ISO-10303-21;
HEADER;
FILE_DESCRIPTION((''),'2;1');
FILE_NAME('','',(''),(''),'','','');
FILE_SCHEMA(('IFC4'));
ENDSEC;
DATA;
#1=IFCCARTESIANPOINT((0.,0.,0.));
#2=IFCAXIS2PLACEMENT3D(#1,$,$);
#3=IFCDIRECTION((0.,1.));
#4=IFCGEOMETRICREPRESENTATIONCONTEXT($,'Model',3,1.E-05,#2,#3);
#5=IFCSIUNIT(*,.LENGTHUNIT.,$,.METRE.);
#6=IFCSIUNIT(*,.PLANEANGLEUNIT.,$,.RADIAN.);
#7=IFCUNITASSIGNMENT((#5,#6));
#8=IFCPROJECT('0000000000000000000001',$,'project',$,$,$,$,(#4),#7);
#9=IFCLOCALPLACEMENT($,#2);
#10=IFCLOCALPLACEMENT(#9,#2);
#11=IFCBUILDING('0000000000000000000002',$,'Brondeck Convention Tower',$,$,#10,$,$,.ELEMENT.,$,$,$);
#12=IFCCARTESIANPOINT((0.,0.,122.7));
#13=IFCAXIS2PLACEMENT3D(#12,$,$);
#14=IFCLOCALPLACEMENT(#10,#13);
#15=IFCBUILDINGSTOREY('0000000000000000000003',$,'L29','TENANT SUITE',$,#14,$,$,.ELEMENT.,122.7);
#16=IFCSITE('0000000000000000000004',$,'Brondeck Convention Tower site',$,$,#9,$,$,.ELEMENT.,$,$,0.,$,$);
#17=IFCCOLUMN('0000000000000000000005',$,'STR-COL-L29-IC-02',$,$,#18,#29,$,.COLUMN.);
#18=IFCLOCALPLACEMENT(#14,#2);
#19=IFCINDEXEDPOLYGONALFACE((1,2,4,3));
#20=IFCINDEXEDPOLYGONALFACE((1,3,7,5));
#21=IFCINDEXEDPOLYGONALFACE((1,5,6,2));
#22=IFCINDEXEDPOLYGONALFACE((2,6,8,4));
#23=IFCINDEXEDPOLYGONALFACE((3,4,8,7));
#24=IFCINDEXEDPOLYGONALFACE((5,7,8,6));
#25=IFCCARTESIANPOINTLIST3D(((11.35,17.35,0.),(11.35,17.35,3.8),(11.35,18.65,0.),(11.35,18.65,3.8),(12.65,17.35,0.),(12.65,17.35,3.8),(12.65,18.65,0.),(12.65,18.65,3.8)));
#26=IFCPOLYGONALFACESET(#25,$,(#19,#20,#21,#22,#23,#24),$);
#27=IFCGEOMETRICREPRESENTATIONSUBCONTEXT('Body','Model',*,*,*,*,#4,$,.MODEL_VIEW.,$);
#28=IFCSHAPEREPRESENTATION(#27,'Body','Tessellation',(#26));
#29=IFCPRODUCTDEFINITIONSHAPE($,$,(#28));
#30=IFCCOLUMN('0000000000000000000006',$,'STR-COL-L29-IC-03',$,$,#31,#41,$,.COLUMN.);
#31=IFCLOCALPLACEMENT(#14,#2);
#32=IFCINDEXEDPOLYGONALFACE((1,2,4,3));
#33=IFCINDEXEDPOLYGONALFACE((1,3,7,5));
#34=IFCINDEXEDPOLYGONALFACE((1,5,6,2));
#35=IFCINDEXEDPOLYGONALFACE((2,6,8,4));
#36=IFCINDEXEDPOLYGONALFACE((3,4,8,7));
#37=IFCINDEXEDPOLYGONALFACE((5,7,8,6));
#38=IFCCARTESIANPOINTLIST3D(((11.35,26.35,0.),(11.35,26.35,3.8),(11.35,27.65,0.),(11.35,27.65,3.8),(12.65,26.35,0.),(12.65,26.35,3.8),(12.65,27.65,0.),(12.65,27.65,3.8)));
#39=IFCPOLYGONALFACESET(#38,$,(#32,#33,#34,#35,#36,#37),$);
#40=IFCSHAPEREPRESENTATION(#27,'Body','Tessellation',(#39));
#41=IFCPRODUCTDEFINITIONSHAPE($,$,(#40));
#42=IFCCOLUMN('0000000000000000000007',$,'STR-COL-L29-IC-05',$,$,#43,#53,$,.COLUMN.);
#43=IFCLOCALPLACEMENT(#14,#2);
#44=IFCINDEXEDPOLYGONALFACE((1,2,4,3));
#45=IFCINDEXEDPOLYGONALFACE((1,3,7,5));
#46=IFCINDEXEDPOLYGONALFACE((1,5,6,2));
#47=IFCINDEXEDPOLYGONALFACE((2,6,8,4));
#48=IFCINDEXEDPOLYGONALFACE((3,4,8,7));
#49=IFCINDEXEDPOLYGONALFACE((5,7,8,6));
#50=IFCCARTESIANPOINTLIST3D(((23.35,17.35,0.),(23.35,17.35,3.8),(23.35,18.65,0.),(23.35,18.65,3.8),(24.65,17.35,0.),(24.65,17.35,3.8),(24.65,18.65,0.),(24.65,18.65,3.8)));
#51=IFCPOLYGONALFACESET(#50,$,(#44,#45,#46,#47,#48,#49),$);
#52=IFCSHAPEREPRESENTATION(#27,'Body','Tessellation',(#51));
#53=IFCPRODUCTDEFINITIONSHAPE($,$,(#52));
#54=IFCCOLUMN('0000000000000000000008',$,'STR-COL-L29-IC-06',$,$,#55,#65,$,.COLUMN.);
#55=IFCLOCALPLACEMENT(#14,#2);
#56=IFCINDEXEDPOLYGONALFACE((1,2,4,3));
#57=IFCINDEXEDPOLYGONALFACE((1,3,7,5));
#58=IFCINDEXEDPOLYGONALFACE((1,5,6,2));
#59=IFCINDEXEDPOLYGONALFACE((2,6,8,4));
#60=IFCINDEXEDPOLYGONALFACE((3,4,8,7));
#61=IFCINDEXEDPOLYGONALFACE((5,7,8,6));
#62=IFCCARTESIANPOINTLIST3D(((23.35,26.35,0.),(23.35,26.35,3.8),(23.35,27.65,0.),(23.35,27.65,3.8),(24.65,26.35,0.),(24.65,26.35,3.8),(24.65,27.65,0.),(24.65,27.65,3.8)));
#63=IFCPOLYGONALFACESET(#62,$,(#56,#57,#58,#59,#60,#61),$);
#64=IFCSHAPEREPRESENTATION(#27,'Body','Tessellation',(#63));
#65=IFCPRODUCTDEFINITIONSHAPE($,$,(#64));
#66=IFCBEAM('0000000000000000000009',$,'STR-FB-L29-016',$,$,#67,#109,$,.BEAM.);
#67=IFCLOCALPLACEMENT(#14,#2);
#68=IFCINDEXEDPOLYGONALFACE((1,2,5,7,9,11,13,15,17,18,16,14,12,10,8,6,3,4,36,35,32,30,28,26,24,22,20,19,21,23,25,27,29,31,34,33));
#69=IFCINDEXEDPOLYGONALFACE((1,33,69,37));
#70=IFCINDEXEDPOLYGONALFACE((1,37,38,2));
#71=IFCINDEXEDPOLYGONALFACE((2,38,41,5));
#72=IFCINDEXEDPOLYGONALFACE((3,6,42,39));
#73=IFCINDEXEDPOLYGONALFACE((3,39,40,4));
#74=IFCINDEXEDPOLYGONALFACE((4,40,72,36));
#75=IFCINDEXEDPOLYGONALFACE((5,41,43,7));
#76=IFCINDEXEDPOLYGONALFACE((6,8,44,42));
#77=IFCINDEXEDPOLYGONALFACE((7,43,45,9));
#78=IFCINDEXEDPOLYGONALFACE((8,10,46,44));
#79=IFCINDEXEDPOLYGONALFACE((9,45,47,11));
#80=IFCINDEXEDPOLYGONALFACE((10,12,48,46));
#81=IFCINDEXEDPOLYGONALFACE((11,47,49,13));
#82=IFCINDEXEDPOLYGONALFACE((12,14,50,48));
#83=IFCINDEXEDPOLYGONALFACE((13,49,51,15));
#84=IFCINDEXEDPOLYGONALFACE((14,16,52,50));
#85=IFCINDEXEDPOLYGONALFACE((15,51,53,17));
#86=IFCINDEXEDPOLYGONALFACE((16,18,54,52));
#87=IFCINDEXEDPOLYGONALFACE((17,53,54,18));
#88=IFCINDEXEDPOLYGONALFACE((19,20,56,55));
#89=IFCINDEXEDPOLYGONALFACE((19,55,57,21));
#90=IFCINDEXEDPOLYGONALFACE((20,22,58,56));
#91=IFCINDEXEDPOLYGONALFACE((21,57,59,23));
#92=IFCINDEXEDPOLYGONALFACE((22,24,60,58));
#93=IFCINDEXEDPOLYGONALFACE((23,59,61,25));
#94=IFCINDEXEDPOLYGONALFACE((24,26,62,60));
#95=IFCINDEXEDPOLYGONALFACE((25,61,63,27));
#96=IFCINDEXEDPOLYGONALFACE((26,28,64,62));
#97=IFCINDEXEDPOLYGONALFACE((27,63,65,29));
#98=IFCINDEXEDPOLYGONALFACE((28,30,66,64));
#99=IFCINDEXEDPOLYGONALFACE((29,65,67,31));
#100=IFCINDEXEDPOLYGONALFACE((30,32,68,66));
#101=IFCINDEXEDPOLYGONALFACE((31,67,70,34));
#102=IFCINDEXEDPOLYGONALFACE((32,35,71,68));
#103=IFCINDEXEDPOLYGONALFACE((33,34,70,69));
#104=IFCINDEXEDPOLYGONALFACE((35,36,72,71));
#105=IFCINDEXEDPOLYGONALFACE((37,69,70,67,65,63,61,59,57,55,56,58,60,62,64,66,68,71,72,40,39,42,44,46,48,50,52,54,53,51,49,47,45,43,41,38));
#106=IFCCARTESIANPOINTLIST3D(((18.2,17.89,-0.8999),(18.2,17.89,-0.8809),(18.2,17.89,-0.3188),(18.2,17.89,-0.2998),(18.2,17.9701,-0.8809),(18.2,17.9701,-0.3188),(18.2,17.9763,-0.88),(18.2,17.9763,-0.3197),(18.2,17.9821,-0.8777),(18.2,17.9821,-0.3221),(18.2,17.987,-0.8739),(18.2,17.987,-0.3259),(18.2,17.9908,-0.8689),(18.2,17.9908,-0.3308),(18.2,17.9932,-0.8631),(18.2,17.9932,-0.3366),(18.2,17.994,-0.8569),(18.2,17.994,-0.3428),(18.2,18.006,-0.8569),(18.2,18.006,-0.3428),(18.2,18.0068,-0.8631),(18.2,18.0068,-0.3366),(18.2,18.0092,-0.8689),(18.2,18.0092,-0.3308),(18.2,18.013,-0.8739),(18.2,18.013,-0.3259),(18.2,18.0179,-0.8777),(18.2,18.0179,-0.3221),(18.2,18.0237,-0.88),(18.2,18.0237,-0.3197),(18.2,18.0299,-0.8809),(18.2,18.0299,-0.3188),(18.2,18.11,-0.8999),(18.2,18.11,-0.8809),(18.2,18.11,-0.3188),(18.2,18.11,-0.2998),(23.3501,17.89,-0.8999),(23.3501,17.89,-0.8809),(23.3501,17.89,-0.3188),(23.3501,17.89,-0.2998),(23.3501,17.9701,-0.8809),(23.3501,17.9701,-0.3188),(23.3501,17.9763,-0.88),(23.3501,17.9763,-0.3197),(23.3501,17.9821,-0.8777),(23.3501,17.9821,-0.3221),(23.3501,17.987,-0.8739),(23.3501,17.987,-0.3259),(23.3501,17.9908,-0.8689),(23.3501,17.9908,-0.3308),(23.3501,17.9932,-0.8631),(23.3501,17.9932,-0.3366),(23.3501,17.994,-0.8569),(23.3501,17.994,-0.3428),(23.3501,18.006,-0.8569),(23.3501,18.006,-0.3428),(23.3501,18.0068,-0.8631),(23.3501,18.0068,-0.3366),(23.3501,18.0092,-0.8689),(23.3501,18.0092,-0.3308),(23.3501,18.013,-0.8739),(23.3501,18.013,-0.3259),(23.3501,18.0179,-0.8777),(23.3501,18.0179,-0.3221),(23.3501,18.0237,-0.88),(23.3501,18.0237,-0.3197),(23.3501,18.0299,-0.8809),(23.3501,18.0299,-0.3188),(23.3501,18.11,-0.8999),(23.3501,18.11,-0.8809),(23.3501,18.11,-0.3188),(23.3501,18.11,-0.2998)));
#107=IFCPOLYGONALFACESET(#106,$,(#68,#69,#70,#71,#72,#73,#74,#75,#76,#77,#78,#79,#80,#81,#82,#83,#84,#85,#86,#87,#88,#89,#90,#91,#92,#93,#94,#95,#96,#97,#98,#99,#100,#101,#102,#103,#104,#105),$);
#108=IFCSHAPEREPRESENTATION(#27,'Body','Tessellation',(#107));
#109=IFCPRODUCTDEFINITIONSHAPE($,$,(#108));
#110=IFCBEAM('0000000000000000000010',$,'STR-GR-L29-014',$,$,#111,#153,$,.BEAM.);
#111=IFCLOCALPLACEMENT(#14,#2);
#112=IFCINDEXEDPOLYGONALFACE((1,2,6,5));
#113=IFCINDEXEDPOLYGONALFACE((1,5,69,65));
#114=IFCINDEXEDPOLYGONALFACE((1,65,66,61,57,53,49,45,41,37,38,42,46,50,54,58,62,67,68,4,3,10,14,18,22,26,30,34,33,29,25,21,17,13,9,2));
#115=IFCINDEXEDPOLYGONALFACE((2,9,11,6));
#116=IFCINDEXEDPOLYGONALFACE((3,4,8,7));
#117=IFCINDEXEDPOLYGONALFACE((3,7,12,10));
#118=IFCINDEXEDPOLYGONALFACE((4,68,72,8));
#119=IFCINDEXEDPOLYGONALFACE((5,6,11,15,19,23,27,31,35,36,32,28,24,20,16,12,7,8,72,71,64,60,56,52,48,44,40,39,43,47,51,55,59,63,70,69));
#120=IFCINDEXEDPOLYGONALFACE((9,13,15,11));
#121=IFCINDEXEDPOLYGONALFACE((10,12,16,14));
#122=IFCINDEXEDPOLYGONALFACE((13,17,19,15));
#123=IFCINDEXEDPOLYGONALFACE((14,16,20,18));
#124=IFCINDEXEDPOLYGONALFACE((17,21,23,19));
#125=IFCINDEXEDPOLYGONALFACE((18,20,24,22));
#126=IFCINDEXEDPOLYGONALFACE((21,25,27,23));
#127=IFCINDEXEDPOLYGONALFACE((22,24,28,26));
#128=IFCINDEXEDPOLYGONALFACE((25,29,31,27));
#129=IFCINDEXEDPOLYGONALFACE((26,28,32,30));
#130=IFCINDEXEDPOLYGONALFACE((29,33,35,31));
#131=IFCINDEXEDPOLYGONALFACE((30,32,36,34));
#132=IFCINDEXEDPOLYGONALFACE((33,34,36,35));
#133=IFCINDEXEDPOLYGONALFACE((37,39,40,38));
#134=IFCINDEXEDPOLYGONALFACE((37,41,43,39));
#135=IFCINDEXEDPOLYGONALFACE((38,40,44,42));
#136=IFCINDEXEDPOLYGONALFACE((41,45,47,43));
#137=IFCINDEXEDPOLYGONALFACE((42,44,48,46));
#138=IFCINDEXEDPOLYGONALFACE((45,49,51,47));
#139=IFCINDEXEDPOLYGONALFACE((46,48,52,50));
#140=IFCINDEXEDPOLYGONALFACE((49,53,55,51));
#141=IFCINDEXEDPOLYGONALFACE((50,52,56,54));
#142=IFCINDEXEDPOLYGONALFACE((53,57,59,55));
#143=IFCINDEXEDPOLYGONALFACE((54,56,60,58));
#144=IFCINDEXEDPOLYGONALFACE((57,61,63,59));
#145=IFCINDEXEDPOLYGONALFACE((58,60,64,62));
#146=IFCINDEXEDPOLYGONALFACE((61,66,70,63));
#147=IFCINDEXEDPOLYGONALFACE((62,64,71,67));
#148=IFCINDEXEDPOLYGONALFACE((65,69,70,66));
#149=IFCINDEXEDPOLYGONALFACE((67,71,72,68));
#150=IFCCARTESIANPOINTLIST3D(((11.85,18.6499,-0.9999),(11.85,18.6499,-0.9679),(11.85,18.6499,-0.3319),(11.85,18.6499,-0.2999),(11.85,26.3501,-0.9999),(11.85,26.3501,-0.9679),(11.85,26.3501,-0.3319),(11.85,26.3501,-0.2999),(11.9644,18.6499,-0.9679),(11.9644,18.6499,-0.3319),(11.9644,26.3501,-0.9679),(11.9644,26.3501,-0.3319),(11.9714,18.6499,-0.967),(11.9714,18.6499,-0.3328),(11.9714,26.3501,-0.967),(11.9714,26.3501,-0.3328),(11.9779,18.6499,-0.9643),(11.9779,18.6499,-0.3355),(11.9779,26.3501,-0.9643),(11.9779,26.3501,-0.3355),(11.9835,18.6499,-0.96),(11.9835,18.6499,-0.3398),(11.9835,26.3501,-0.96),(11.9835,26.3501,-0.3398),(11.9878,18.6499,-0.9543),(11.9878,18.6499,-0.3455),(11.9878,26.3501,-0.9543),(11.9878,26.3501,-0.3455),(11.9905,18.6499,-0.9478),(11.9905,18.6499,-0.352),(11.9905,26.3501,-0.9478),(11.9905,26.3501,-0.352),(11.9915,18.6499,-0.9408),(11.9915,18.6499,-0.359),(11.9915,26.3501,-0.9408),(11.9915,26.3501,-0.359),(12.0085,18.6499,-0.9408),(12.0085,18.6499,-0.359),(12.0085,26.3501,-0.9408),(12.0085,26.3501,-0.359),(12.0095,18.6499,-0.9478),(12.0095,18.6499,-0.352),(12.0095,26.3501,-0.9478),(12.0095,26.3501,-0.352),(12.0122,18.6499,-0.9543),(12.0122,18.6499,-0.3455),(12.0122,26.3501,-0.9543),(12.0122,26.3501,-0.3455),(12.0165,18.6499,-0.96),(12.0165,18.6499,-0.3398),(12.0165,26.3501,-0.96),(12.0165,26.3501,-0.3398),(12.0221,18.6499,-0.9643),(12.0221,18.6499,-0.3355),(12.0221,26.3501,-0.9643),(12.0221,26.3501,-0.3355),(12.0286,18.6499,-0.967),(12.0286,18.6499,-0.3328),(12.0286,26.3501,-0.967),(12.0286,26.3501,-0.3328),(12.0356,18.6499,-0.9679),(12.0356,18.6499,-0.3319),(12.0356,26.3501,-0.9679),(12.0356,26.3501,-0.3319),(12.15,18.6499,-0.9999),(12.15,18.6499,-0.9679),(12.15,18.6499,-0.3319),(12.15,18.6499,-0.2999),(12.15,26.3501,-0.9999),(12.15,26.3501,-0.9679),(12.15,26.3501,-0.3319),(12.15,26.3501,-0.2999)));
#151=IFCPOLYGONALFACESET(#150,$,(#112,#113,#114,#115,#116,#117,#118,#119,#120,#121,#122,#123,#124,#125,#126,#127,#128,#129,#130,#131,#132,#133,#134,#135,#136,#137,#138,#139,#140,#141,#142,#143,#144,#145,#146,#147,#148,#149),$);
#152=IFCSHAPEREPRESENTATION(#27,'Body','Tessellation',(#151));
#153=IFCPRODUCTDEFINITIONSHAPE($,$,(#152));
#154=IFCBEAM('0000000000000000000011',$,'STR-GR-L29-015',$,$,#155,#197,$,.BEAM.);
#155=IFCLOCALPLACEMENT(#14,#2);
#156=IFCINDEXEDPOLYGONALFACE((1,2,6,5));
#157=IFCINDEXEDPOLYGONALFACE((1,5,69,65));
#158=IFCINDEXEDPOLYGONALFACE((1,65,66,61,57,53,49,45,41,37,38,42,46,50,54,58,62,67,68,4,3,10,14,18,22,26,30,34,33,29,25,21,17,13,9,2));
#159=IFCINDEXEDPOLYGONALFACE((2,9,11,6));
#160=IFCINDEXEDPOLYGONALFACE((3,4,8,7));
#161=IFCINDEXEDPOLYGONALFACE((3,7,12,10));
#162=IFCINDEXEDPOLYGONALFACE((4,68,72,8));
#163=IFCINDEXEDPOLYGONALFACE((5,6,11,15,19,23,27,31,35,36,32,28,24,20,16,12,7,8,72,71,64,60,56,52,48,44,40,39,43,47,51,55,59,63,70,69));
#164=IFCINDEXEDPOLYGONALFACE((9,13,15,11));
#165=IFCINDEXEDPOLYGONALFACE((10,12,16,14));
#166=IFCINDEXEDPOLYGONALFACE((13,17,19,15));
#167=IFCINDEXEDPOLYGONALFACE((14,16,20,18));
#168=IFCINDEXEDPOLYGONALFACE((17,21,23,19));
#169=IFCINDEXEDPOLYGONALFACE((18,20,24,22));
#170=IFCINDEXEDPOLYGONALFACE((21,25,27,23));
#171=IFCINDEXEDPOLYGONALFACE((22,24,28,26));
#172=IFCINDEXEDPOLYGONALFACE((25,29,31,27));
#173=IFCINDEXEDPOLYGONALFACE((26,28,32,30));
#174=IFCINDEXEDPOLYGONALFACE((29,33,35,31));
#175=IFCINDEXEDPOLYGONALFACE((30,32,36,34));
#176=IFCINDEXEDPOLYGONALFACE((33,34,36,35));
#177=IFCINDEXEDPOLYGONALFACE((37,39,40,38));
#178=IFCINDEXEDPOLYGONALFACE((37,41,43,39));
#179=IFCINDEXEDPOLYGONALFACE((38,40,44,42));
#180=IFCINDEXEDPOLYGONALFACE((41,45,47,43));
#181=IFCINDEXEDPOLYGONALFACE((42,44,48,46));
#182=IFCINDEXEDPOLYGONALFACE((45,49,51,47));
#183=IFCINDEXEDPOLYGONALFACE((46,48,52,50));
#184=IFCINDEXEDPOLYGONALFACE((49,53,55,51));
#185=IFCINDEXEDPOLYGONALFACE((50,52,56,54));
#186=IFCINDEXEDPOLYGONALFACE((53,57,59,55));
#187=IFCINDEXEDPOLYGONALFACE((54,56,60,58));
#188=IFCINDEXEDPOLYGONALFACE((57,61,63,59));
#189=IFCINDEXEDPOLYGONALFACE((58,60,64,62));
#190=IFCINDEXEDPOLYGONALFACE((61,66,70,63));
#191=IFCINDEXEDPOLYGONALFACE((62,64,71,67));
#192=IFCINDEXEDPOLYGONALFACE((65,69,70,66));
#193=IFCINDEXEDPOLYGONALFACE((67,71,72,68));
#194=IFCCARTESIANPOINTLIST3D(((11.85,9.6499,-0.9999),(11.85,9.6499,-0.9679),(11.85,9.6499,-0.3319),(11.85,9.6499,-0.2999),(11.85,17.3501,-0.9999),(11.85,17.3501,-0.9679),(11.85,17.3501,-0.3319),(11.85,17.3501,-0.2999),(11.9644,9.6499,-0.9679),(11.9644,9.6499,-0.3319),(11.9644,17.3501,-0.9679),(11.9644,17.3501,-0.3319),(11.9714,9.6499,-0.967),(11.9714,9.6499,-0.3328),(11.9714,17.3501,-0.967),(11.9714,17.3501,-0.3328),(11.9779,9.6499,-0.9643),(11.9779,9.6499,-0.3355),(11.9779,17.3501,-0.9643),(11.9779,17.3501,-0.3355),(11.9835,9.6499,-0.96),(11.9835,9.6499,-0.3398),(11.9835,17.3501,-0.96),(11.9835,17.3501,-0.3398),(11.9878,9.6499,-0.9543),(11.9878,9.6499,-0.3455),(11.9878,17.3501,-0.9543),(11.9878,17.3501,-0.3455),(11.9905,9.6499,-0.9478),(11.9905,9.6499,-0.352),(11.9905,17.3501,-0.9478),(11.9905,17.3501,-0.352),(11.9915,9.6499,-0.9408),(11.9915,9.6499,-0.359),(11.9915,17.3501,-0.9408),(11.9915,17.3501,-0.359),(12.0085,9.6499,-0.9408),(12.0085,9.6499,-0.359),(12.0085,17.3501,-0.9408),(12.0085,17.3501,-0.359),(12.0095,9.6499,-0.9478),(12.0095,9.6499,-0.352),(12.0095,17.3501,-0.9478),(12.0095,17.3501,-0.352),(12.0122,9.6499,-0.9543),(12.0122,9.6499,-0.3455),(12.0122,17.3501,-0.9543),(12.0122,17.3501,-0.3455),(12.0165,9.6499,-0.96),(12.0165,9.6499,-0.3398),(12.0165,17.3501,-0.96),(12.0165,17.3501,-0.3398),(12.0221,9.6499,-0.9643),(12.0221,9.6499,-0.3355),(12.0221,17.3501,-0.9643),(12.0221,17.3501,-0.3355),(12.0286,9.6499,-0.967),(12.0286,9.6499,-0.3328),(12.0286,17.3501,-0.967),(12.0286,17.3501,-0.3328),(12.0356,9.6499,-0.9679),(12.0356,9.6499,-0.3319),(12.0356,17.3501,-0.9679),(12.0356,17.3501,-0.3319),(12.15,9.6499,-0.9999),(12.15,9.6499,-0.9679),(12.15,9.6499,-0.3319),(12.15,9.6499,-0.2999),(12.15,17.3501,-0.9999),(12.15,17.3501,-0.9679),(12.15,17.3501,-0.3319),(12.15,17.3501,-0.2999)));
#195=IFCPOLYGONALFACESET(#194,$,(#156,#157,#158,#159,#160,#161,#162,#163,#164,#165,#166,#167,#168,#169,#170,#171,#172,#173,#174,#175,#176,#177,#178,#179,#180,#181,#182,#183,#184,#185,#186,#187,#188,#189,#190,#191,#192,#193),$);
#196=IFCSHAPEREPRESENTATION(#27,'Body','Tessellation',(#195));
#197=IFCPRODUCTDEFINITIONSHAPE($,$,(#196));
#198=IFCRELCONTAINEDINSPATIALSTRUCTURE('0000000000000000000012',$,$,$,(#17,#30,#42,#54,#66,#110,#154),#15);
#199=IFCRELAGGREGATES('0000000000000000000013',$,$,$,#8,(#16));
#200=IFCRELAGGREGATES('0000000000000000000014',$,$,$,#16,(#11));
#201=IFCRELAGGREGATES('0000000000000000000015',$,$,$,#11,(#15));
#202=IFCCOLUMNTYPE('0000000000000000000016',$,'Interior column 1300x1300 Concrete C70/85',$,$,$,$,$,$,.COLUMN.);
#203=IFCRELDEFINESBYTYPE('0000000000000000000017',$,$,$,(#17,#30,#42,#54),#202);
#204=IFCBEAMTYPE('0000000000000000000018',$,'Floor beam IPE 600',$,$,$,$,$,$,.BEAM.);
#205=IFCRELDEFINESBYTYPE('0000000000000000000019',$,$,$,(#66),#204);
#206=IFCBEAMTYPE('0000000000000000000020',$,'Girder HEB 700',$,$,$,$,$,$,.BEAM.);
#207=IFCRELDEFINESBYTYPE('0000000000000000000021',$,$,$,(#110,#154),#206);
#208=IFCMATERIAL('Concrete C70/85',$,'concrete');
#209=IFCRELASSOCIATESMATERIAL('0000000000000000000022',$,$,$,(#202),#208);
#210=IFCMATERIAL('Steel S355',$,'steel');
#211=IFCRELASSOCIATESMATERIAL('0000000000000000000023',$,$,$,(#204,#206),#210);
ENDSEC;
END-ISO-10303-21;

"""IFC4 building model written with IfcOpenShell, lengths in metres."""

from ifc_helpers import new_model, si_unit, direction, frame, origin, origin_2d, place, context, subcontext, project, spatial, rectangle, i_section, extrude, material, material_profile, profile_set, type_object, element, save


model = new_model("IFC4")

# Units and contexts
model_context = context("Model", 3, precision=1e-05, world=origin(), true_north=direction((0.0, 1.0)))
body_context = subcontext(model_context, "Body", "Model", "MODEL_VIEW")
ifc_project = project(units=[si_unit("LENGTHUNIT", "METRE"), si_unit("PLANEANGLEUNIT", "RADIAN")], contexts=[model_context])

# Site, building, storey
site_placement = place(None, origin())
site = spatial("IfcSite", under=ifc_project, at=site_placement, Name="Brondeck Convention Tower site", CompositionType="ELEMENT", RefElevation=0.0)
building_placement = place(site_placement, origin())
building = spatial("IfcBuilding", under=site, at=building_placement, Name="Brondeck Convention Tower", CompositionType="ELEMENT")
storey_placement = place(building_placement, frame((0.0, 0.0, 122.7)))
storey = spatial("IfcBuildingStorey", under=building, at=storey_placement, Name="L29", Description="TENANT SUITE", CompositionType="ELEMENT", Elevation=122.7)

# Columns
ifc_material_1 = material(Name="Concrete C70/85", Category="concrete")
ifc_material_profile_1 = material_profile(ifc_material_1, rectangle(XDim=1.3, YDim=1.3, at=origin_2d()), Name="Interior column 1300x1300 Concrete C70/85")
ifc_profile_set_1 = profile_set([ifc_material_profile_1], Name="Concrete C70/85")
column_type = type_object("IfcColumnType", Name="Interior column 1300x1300 Concrete C70/85", PredefinedType="COLUMN", material=ifc_profile_set_1)
for number, where, z_axis, x_axis, name in (
    (1, (12.0, 18.0, 0.0), (0.0, 0.0, 1.0), (1.0, 0.0, 0.0), "STR-COL-L29-IC-02"),
    (2, (12.0, 27.0, 0.0), (0.0, 0.0, 1.0), (1.0, 0.0, 0.0), "STR-COL-L29-IC-03"),
    (3, (24.0, 18.0, 0.0), (0.0, 0.0, 1.0), (1.0, 0.0, 0.0), "STR-COL-L29-IC-05"),
    (4, (24.0, 27.0, 0.0), (0.0, 0.0, 1.0), (1.0, 0.0, 0.0), "STR-COL-L29-IC-06"),
):
    element("IfcColumn", number, at=place(storey_placement, frame(where, z_axis=z_axis, x_axis=x_axis)), inside=storey, type_object=column_type, Name=name, PredefinedType="COLUMN", context=body_context, shape_type="SweptSolid", body=[
        extrude(rectangle(XDim=1.3, YDim=1.3, at=origin_2d()), origin(), (0.0, 0.0, 1.0), 3.8),
    ])

# Beams
ifc_material_2 = material(Name="Steel S355", Category="steel")
ifc_material_profile_2 = material_profile(ifc_material_2, i_section(OverallWidth=0.22, OverallDepth=0.6001, WebThickness=0.012, FlangeThickness=0.019, FilletRadius=0.0239, at=origin_2d()), Name="IPE 600")
ifc_profile_set_2 = profile_set([ifc_material_profile_2], Name="Steel S355")
beam_type_1 = type_object("IfcBeamType", Name="Floor beam IPE 600", PredefinedType="BEAM", material=ifc_profile_set_2)
beam_1_placement = place(storey_placement, frame((18.2, 18.0, -0.5999), z_axis=(1.0, 0.0, 0.0), x_axis=(0.0, 1.0, 0.0)))
element("IfcBeam", 5, at=beam_1_placement, inside=storey, type_object=beam_type_1, Name="STR-FB-L29-016", PredefinedType="BEAM", context=body_context, shape_type="SweptSolid", body=[
    extrude(i_section(OverallWidth=0.22, OverallDepth=0.6001, WebThickness=0.012, FlangeThickness=0.019, FilletRadius=0.0239, at=origin_2d()), origin(), (0.0, 0.0, 1.0), 5.1501),
])
ifc_material_profile_3 = material_profile(ifc_material_2, i_section(OverallWidth=0.3, OverallDepth=0.7, WebThickness=0.0171, FlangeThickness=0.032, FilletRadius=0.0271, at=origin_2d()), Name="HEB 700")
ifc_profile_set_3 = profile_set([ifc_material_profile_3], Name="Steel S355")
beam_type_2 = type_object("IfcBeamType", Name="Girder HEB 700", PredefinedType="BEAM", material=ifc_profile_set_3)
for number, where, z_axis, x_axis, name in (
    (6, (12.0, 26.3501, -0.6499), (0.0, -1.0, 0.0), (1.0, 0.0, 0.0), "STR-GR-L29-014"),
    (7, (12.0, 17.3501, -0.6499), (0.0, -1.0, 0.0), (1.0, 0.0, 0.0), "STR-GR-L29-015"),
):
    element("IfcBeam", number, at=place(storey_placement, frame(where, z_axis=z_axis, x_axis=x_axis)), inside=storey, type_object=beam_type_2, Name=name, PredefinedType="BEAM", context=body_context, shape_type="SweptSolid", body=[
        extrude(i_section(OverallWidth=0.3, OverallDepth=0.7, WebThickness=0.0171, FlangeThickness=0.032, FilletRadius=0.0271, at=origin_2d()), origin(), (0.0, 0.0, 1.0), 7.7002),
    ])

save(model, "model.ifc")
